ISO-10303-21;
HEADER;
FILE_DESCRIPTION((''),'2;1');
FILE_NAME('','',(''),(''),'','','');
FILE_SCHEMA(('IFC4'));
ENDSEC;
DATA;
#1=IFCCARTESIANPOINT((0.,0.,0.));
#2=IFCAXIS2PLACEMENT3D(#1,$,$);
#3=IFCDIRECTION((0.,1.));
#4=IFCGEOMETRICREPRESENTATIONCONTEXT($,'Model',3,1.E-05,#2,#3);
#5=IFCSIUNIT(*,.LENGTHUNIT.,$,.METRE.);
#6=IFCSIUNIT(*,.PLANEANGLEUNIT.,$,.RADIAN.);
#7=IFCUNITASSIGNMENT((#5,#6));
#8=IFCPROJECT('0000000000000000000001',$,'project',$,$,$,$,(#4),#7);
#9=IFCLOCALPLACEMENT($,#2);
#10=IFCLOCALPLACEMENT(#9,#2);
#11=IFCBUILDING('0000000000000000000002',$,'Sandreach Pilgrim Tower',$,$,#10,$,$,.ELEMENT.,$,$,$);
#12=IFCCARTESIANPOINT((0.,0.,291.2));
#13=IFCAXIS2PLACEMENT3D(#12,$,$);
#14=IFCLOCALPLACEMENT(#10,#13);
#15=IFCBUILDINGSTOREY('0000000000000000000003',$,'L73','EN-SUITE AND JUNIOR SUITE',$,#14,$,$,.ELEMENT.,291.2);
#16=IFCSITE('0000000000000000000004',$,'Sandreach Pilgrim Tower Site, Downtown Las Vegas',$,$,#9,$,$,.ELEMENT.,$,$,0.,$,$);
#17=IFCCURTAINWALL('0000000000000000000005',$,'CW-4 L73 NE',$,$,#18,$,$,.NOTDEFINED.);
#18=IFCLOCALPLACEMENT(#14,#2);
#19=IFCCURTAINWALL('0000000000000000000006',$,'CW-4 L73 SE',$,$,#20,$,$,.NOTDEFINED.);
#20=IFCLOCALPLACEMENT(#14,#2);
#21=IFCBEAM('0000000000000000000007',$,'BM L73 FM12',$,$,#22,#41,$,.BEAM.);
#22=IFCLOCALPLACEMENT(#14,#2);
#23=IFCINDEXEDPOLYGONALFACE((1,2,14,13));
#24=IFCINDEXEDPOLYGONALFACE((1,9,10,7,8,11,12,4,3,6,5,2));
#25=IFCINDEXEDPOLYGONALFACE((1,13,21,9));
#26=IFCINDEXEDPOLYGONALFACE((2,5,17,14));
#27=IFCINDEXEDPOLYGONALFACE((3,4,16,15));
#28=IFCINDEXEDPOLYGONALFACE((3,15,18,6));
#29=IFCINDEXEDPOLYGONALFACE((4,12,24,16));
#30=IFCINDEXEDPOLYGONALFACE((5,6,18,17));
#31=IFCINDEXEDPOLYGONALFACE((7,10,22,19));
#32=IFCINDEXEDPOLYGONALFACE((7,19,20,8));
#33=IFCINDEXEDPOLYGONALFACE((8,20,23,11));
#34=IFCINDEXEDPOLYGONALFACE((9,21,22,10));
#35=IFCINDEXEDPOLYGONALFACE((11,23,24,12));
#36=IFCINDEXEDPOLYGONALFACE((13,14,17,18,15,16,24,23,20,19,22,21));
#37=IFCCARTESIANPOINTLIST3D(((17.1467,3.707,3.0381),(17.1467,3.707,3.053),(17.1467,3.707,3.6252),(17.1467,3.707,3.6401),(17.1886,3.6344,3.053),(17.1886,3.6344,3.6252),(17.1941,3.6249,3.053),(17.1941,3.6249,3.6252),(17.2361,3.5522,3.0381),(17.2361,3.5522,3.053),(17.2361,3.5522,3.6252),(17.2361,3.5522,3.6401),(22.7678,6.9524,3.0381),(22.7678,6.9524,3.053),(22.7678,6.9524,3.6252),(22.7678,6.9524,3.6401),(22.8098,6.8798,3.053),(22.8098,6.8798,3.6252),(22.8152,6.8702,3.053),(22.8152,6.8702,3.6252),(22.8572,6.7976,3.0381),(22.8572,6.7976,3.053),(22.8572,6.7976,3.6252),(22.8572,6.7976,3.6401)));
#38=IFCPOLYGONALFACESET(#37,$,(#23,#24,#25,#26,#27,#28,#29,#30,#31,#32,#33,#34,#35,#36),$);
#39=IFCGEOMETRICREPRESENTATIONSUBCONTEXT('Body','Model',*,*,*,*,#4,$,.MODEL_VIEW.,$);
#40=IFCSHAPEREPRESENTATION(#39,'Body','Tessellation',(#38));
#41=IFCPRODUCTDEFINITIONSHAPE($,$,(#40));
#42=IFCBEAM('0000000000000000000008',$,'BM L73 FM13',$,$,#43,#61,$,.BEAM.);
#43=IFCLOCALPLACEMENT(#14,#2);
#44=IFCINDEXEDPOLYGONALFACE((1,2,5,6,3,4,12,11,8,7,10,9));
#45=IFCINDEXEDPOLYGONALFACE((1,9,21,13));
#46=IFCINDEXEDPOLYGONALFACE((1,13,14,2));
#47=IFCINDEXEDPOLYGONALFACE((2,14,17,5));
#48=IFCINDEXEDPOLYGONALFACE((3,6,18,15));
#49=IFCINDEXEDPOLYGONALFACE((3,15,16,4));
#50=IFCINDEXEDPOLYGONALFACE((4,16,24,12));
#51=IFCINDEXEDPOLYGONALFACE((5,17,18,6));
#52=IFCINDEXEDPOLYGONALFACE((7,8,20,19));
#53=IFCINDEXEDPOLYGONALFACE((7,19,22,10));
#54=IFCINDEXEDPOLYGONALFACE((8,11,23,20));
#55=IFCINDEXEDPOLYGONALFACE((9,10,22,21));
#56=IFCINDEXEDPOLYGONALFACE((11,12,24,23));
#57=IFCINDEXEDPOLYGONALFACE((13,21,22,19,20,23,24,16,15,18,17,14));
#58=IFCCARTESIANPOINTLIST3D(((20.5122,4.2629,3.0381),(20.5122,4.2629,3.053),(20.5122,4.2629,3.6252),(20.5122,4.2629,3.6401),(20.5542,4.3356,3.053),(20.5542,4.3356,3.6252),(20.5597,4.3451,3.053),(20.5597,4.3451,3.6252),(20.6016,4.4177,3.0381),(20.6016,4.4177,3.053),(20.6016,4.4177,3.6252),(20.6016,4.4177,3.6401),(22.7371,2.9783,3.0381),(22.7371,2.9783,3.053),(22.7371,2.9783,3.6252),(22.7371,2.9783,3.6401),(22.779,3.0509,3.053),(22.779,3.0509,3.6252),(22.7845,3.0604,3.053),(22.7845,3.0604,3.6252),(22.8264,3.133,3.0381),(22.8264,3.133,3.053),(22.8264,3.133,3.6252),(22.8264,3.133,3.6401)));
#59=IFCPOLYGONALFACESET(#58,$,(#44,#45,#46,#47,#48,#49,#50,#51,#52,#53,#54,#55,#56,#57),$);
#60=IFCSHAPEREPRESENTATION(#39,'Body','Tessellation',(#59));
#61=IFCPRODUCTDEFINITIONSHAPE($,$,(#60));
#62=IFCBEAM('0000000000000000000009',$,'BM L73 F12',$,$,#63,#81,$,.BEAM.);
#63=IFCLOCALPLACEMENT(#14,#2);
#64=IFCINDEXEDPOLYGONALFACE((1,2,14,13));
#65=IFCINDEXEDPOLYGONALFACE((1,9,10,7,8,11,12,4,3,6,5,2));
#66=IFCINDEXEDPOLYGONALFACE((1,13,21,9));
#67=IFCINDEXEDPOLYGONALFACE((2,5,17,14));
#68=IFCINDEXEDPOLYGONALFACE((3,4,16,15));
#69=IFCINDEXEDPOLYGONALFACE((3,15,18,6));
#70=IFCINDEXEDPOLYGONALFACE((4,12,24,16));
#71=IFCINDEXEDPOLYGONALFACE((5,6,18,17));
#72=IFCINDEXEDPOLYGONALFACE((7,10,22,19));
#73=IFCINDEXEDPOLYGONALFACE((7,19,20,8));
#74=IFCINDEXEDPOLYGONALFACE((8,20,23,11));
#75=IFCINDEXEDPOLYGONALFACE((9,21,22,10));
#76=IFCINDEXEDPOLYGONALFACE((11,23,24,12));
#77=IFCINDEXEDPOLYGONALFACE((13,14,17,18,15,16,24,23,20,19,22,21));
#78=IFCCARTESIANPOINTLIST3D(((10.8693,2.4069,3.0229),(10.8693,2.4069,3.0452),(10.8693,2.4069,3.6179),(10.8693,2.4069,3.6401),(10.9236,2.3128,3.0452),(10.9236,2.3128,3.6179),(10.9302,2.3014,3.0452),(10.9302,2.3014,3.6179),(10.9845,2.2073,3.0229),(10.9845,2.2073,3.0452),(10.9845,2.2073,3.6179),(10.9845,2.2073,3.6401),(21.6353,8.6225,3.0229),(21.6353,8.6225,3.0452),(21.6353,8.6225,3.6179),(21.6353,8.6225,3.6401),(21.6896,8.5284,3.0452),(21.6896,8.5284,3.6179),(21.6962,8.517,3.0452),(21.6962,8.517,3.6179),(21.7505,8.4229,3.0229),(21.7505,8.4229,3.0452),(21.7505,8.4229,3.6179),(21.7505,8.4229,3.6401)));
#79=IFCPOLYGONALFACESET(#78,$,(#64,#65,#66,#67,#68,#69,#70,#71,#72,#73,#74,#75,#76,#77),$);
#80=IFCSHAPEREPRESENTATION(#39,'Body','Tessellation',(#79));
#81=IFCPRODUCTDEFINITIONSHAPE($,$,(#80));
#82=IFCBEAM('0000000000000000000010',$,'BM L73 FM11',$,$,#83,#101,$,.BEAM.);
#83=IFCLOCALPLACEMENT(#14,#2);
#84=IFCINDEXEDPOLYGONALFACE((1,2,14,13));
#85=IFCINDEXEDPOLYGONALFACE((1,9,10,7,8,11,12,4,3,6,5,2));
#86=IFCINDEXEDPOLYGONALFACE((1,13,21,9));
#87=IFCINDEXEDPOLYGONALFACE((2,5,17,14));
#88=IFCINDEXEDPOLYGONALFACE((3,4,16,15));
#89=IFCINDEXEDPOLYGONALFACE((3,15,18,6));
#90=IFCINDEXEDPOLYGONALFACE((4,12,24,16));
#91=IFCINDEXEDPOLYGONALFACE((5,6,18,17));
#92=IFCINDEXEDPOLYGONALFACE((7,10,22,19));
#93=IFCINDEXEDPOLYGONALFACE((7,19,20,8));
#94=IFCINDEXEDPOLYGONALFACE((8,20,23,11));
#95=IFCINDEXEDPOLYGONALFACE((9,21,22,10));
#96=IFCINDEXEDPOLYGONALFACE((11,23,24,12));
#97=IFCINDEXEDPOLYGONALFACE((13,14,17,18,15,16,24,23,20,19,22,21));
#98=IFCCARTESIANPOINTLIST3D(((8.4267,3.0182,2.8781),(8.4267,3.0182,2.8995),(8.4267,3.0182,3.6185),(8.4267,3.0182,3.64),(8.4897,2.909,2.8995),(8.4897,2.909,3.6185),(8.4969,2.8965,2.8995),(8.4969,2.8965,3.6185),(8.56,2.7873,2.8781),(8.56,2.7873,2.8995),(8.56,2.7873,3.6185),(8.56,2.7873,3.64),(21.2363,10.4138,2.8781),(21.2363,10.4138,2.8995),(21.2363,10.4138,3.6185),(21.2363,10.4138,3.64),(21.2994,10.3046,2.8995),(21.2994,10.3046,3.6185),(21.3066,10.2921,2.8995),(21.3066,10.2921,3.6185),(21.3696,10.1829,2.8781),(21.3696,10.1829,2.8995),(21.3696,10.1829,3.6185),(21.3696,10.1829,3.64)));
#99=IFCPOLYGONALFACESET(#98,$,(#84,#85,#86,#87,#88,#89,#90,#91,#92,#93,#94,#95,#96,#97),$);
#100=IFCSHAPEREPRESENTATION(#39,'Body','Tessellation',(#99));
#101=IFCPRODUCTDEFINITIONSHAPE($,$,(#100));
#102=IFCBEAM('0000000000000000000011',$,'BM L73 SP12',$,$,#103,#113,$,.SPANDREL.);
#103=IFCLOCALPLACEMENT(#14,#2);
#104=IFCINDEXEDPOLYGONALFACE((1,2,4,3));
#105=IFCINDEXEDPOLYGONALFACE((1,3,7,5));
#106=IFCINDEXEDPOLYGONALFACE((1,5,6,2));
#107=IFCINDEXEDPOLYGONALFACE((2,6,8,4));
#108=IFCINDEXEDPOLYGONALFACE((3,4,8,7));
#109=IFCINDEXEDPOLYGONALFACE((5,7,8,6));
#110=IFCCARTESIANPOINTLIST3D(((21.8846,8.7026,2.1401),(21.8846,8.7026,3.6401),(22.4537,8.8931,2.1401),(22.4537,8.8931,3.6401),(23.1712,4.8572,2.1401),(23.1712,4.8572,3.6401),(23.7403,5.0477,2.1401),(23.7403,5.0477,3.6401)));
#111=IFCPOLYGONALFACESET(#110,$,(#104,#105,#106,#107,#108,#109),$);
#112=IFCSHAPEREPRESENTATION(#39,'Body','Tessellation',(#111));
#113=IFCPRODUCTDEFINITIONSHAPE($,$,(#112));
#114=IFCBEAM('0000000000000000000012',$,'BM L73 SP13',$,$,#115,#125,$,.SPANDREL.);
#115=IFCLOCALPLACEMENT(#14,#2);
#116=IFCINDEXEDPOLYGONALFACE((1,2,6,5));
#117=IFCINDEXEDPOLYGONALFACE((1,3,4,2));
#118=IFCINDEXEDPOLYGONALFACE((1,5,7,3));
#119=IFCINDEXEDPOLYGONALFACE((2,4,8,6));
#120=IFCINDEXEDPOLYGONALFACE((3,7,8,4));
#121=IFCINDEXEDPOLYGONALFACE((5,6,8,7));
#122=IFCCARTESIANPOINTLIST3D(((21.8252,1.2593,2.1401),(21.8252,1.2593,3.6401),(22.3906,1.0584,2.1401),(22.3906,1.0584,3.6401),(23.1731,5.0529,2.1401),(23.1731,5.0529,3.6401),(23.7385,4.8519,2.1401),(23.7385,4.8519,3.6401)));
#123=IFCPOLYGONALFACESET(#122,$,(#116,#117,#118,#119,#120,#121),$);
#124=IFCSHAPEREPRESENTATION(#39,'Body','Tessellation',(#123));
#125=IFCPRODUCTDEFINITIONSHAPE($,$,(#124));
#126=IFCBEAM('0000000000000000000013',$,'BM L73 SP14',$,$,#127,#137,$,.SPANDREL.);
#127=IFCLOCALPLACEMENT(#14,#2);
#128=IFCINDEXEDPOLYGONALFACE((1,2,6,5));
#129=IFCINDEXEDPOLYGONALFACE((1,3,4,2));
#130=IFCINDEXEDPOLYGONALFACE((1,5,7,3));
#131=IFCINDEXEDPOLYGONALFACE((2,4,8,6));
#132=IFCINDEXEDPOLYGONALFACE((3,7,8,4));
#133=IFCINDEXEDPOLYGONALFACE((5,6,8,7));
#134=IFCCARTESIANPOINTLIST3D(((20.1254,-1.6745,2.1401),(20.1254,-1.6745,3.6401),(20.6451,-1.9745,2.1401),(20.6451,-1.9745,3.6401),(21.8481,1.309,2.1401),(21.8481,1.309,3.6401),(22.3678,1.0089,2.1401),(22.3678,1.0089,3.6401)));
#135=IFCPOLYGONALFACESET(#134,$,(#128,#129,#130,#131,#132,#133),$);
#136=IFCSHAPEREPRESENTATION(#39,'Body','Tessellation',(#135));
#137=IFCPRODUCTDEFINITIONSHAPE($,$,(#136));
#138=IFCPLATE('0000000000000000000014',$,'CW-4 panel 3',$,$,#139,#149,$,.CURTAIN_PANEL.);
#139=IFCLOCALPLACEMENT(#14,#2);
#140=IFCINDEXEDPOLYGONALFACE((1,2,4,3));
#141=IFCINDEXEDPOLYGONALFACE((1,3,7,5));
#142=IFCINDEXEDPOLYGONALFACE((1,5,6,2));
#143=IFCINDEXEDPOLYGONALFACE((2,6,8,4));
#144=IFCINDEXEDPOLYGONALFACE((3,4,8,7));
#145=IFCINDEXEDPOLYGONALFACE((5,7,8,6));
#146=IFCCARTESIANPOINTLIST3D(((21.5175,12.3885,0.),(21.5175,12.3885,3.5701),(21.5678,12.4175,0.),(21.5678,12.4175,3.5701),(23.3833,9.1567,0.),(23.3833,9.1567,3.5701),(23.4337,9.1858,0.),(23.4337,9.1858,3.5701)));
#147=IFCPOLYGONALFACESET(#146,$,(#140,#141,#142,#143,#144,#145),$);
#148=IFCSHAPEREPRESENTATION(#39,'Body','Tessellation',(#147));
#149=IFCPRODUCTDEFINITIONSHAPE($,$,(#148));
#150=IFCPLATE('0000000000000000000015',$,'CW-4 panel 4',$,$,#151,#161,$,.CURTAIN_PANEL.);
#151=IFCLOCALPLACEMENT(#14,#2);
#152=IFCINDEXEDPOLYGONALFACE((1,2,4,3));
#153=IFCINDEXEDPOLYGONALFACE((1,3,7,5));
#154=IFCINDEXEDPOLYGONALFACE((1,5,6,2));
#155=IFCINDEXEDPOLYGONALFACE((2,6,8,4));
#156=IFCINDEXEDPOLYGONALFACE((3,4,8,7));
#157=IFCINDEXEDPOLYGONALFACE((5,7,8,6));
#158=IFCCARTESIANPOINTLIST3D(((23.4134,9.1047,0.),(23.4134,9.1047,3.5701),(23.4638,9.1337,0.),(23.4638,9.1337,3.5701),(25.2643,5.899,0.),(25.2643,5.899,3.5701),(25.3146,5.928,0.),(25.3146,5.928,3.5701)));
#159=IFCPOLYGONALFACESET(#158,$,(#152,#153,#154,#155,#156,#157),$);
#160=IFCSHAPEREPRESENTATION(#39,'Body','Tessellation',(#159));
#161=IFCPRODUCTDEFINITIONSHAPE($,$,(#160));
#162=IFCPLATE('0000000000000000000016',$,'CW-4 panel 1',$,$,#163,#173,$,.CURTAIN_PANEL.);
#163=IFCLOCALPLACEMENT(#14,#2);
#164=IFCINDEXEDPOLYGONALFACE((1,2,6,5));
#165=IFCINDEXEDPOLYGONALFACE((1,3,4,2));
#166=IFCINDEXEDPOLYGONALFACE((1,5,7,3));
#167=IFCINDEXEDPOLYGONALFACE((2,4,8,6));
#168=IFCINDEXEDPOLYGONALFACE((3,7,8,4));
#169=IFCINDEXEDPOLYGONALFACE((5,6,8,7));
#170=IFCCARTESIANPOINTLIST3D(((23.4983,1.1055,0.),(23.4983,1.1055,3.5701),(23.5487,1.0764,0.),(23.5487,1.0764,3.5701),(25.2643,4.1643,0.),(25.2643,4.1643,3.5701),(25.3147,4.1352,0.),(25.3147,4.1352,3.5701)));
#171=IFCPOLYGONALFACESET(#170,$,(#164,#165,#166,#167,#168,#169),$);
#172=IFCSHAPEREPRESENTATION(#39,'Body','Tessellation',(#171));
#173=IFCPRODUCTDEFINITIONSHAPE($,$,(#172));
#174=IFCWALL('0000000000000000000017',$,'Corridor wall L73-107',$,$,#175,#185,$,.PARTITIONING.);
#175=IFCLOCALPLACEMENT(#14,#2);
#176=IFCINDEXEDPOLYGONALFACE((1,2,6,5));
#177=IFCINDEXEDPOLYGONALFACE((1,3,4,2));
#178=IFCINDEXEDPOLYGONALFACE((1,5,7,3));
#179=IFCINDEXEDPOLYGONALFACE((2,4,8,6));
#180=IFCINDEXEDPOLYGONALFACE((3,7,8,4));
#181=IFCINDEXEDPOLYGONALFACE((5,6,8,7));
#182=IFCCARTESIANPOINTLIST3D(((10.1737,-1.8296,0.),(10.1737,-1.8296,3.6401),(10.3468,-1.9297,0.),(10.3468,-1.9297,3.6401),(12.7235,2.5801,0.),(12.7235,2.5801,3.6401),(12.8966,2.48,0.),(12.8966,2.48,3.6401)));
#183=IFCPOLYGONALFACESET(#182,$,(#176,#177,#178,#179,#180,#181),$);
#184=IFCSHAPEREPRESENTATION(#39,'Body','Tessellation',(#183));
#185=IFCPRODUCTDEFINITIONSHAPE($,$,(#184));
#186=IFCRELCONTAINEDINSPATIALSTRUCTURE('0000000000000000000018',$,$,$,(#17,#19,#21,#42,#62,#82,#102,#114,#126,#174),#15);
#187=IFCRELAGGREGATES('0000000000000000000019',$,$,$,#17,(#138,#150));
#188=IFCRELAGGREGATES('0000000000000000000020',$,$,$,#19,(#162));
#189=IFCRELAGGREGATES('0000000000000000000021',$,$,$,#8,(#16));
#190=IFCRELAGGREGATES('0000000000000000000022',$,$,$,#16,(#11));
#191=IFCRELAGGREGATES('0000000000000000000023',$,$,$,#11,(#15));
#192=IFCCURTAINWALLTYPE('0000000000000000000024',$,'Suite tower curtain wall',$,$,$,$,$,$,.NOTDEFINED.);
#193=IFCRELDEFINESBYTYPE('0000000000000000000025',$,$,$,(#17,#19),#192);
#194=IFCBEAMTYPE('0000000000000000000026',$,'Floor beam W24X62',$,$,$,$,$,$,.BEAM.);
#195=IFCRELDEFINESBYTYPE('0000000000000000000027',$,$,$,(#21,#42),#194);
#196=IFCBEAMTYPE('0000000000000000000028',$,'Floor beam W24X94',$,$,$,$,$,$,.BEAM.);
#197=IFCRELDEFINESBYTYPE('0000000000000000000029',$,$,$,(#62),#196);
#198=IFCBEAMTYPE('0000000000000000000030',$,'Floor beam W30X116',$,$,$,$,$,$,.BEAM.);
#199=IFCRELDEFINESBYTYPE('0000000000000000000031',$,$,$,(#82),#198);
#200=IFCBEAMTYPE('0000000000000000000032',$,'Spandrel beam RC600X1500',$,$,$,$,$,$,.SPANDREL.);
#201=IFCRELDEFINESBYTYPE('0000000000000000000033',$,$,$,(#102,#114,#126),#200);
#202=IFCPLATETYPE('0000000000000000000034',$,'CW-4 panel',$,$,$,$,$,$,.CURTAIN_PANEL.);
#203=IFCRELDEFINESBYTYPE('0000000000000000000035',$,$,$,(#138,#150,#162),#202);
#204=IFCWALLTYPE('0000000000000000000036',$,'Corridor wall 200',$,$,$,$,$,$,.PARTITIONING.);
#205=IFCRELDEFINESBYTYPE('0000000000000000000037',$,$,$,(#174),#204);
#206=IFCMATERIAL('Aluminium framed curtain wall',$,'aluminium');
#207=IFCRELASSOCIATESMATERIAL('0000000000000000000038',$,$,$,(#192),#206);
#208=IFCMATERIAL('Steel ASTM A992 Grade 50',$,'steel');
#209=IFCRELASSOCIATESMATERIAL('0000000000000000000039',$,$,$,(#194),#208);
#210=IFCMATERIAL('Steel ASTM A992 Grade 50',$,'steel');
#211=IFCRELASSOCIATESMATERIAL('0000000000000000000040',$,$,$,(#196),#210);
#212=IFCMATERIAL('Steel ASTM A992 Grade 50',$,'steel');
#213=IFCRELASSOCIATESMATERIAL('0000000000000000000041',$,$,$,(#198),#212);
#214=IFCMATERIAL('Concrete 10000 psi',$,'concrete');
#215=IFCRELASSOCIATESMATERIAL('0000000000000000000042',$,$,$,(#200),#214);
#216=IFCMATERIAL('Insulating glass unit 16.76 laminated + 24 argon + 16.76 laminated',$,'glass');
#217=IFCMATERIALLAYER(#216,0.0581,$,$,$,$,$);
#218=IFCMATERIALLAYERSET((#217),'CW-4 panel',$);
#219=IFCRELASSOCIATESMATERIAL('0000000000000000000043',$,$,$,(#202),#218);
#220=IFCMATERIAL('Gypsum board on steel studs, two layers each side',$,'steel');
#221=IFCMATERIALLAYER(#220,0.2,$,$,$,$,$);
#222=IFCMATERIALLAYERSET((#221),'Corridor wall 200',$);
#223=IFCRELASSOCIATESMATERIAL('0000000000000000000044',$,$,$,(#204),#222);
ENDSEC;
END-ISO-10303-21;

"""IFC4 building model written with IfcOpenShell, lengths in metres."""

from ifc_helpers import new_model, si_unit, direction, frame, frame_2d, origin, origin_2d, place, context, subcontext, project, spatial, rectangle, i_section, extrude, material, layer, layer_set, material_profile, profile_set, type_object, element, aggregate, save


model = new_model("IFC4")

# Units and contexts
model_context = context("Model", 3, precision=1e-05, world=origin(), true_north=direction((0.0, 1.0)))
body_context = subcontext(model_context, "Body", "Model", "MODEL_VIEW")
ifc_project = project(units=[si_unit("LENGTHUNIT", "METRE"), si_unit("PLANEANGLEUNIT", "RADIAN")], contexts=[model_context])

# Site, building, storey
site_placement = place(None, origin())
site = spatial("IfcSite", under=ifc_project, at=site_placement, Name="Sandreach Pilgrim Tower Site, Downtown Las Vegas", CompositionType="ELEMENT", RefElevation=0.0)
building_placement = place(site_placement, origin())
building = spatial("IfcBuilding", under=site, at=building_placement, Name="Sandreach Pilgrim Tower", CompositionType="ELEMENT")
storey_placement = place(building_placement, frame((0.0, 0.0, 291.2)))
storey = spatial("IfcBuildingStorey", under=building, at=storey_placement, Name="L73", Description="EN-SUITE AND JUNIOR SUITE", CompositionType="ELEMENT", Elevation=291.2)

# Curtain walls
ifc_material_1 = material(Name="Aluminium framed curtain wall", Category="aluminium")
curtain_wall_type = type_object("IfcCurtainWallType", Name="Suite tower curtain wall", PredefinedType="NOTDEFINED", material=ifc_material_1)
curtain_wall_1_placement = place(storey_placement, origin())
curtain_wall_1 = element("IfcCurtainWall", 1, at=curtain_wall_1_placement, inside=storey, type_object=curtain_wall_type, Name="CW-4 L73 NE", PredefinedType="NOTDEFINED")
curtain_wall_2_placement = place(storey_placement, origin())
curtain_wall_2 = element("IfcCurtainWall", 2, at=curtain_wall_2_placement, inside=storey, type_object=curtain_wall_type, Name="CW-4 L73 SE", PredefinedType="NOTDEFINED")

# Beams
ifc_material_2 = material(Name="Steel ASTM A992 Grade 50", Category="steel")
ifc_material_profile_1 = material_profile(ifc_material_2, i_section(OverallWidth=0.1787, OverallDepth=0.6021, WebThickness=0.011, FlangeThickness=0.0149, at=origin_2d()), Name="W24X62")
ifc_profile_set_1 = profile_set([ifc_material_profile_1], Name="Steel ASTM A992 Grade 50")
beam_type_1 = type_object("IfcBeamType", Name="Floor beam W24X62", PredefinedType="BEAM", material=ifc_profile_set_1)
beam_1_placement = place(storey_placement, frame((22.8125, 6.875, 3.3391), z_axis=(-0.866024, -0.500002, 0.0), x_axis=(0.500002, -0.866024, 0.0)))
element("IfcBeam", 3, at=beam_1_placement, inside=storey, type_object=beam_type_1, Name="BM L73 FM12", PredefinedType="BEAM", context=body_context, shape_type="SweptSolid", body=[
    extrude(i_section(OverallWidth=0.1787, OverallDepth=0.6021, WebThickness=0.011, FlangeThickness=0.0149, at=origin_2d()), origin(), (0.0, 0.0, 1.0), 6.4907),
])
beam_2_placement = place(storey_placement, frame((22.7817, 3.0557, 3.3391), z_axis=(-0.866, 0.500043, 0.0), x_axis=(-0.500043, -0.866, 0.0)))
element("IfcBeam", 4, at=beam_2_placement, inside=storey, type_object=beam_type_1, Name="BM L73 FM13", PredefinedType="BEAM", context=body_context, shape_type="SweptSolid", body=[
    extrude(i_section(OverallWidth=0.1787, OverallDepth=0.6021, WebThickness=0.011, FlangeThickness=0.0149, at=origin_2d()), origin(), (0.0, 0.0, 1.0), 2.5691),
])
ifc_material_3 = material(Name="Steel ASTM A992 Grade 50", Category="steel")
ifc_material_profile_2 = material_profile(ifc_material_3, i_section(OverallWidth=0.2305, OverallDepth=0.6172, WebThickness=0.0132, FlangeThickness=0.0222, at=origin_2d()), Name="W24X94")
ifc_profile_set_2 = profile_set([ifc_material_profile_2], Name="Steel ASTM A992 Grade 50")
beam_type_2 = type_object("IfcBeamType", Name="Floor beam W24X94", PredefinedType="BEAM", material=ifc_profile_set_2)
beam_3_placement = place(storey_placement, frame((21.6929, 8.5227, 3.3315), z_axis=(-0.866029, -0.499994, 0.0), x_axis=(0.499994, -0.866029, 0.0)))
element("IfcBeam", 5, at=beam_3_placement, inside=storey, type_object=beam_type_2, Name="BM L73 F12", PredefinedType="BEAM", context=body_context, shape_type="SweptSolid", body=[
    extrude(i_section(OverallWidth=0.2305, OverallDepth=0.6172, WebThickness=0.0132, FlangeThickness=0.0222, at=origin_2d()), origin(), (0.0, 0.0, 1.0), 12.4314),
])
ifc_material_4 = material(Name="Steel ASTM A992 Grade 50", Category="steel")
ifc_material_profile_3 = material_profile(ifc_material_4, i_section(OverallWidth=0.2666, OverallDepth=0.762, WebThickness=0.0144, FlangeThickness=0.0215, at=origin_2d()), Name="W30X116")
ifc_profile_set_3 = profile_set([ifc_material_profile_3], Name="Steel ASTM A992 Grade 50")
beam_type_3 = type_object("IfcBeamType", Name="Floor beam W30X116", PredefinedType="BEAM", material=ifc_profile_set_3)
beam_4_placement = place(storey_placement, frame((21.303, 10.2983, 3.259), z_axis=(-0.866028, -0.499995, 0.0), x_axis=(0.499995, -0.866028, 0.0)))
element("IfcBeam", 6, at=beam_4_placement, inside=storey, type_object=beam_type_3, Name="BM L73 FM11", PredefinedType="BEAM", context=body_context, shape_type="SweptSolid", body=[
    extrude(i_section(OverallWidth=0.2666, OverallDepth=0.762, WebThickness=0.0144, FlangeThickness=0.0215, at=origin_2d()), origin(), (0.0, 0.0, 1.0), 14.7913),
])
ifc_material_5 = material(Name="Concrete 10000 psi", Category="concrete")
ifc_material_profile_4 = material_profile(ifc_material_5, rectangle(XDim=0.6001, YDim=1.5, at=origin_2d()), Name="RC600X1500")
ifc_profile_set_4 = profile_set([ifc_material_profile_4], Name="Concrete 10000 psi")
beam_type_4 = type_object("IfcBeamType", Name="Spandrel beam RC600X1500", PredefinedType="SPANDREL", material=ifc_profile_set_4)
beam_5_placement = place(storey_placement, frame((22.1692, 8.7979, 2.8901), z_axis=(0.317293, -0.948327, 0.0), x_axis=(0.948327, 0.317293, 0.0)))
element("IfcBeam", 7, at=beam_5_placement, inside=storey, type_object=beam_type_4, Name="BM L73 SP12", PredefinedType="SPANDREL", context=body_context, shape_type="SweptSolid", body=[
    extrude(rectangle(XDim=0.6001, YDim=1.5, at=origin_2d()), origin(), (0.0, 0.0, 1.0), 4.0549),
])
beam_6_placement = place(storey_placement, frame((23.4558, 4.9524, 2.8901), z_axis=(-0.334815, -0.942284, 0.0), x_axis=(0.942284, -0.334815, 0.0)))
element("IfcBeam", 8, at=beam_6_placement, inside=storey, type_object=beam_type_4, Name="BM L73 SP13", PredefinedType="SPANDREL", context=body_context, shape_type="SweptSolid", body=[
    extrude(rectangle(XDim=0.6001, YDim=1.5, at=origin_2d()), origin(), (0.0, 0.0, 1.0), 4.0259),
])
beam_7_placement = place(storey_placement, frame((22.1079, 1.1589, 2.8901), z_axis=(-0.500041, -0.866001, 0.0), x_axis=(0.866001, -0.500041, 0.0)))
element("IfcBeam", 9, at=beam_7_placement, inside=storey, type_object=beam_type_4, Name="BM L73 SP14", PredefinedType="SPANDREL", context=body_context, shape_type="SweptSolid", body=[
    extrude(rectangle(XDim=0.6001, YDim=1.5, at=origin_2d()), origin(), (0.0, 0.0, 1.0), 3.4451),
])

# Plates
ifc_material_6 = material(Name="Insulating glass unit 16.76 laminated + 24 argon + 16.76 laminated", Category="glass")
ifc_layer_1 = layer(ifc_material_6, 0.0581)
ifc_layer_set_1 = layer_set([ifc_layer_1], Name="CW-4 panel")
plate_type = type_object("IfcPlateType", Name="CW-4 panel", PredefinedType="CURTAIN_PANEL", material=ifc_layer_set_1)
plate_1_placement = place(storey_placement, frame((22.4756, 10.7871, 0.0), z_axis=(0.0, 0.0, 1.0), x_axis=(0.5, -0.866025, 0.0)))
plate_1 = element("IfcPlate", 10, at=plate_1_placement, type_object=plate_type, Name="CW-4 panel 3", PredefinedType="CURTAIN_PANEL", context=body_context, shape_type="SweptSolid", body=[
    extrude(rectangle(XDim=3.7317, YDim=0.0581, at=origin_2d()), origin(), (0.0, 0.0, 1.0), 3.5701),
])
plate_2_placement = place(storey_placement, frame((24.364, 7.5164, 0.0), z_axis=(0.0, 0.0, 1.0), x_axis=(0.5, -0.866025, 0.0)))
plate_2 = element("IfcPlate", 11, at=plate_2_placement, type_object=plate_type, Name="CW-4 panel 4", PredefinedType="CURTAIN_PANEL", context=body_context, shape_type="SweptSolid", body=[
    extrude(rectangle(XDim=3.7017, YDim=0.0581, at=origin_2d()), origin(), (0.0, 0.0, 1.0), 3.5701),
])
aggregate(curtain_wall_1, [plate_1, plate_2])
plate_3_placement = place(storey_placement, frame((24.4065, 2.6204, 0.0), z_axis=(0.0, 0.0, 1.0), x_axis=(-0.5, -0.866025, 0.0)))
plate_3 = element("IfcPlate", 12, at=plate_3_placement, type_object=plate_type, Name="CW-4 panel 1", PredefinedType="CURTAIN_PANEL", context=body_context, shape_type="SweptSolid", body=[
    extrude(rectangle(XDim=3.532, YDim=0.0581, at=origin_2d()), origin(), (0.0, 0.0, 1.0), 3.5701),
])
aggregate(curtain_wall_2, [plate_3])

# Wall
ifc_material_7 = material(Name="Gypsum board on steel studs, two layers each side", Category="steel")
ifc_layer_2 = layer(ifc_material_7, 0.2)
ifc_layer_set_2 = layer_set([ifc_layer_2], Name="Corridor wall 200")
wall_type_1 = type_object("IfcWallType", Name="Corridor wall 200", PredefinedType="PARTITIONING", material=ifc_layer_set_2)
wall_1_placement = place(storey_placement, frame((12.8101, 2.53, 0.0), z_axis=(0.0, 0.0, 1.0), x_axis=(-0.500571, -0.865695, 0.0)))
element("IfcWall", 13, at=wall_1_placement, inside=storey, type_object=wall_type_1, Name="Corridor wall L73-107", PredefinedType="PARTITIONING", context=body_context, shape_type="SweptSolid", body=[
    extrude(rectangle(XDim=5.0938, YDim=0.2, at=frame_2d((2.5469, 0.0))), origin(), (0.0, 0.0, 1.0), 3.6401),
])

save(model, "model.ifc")
